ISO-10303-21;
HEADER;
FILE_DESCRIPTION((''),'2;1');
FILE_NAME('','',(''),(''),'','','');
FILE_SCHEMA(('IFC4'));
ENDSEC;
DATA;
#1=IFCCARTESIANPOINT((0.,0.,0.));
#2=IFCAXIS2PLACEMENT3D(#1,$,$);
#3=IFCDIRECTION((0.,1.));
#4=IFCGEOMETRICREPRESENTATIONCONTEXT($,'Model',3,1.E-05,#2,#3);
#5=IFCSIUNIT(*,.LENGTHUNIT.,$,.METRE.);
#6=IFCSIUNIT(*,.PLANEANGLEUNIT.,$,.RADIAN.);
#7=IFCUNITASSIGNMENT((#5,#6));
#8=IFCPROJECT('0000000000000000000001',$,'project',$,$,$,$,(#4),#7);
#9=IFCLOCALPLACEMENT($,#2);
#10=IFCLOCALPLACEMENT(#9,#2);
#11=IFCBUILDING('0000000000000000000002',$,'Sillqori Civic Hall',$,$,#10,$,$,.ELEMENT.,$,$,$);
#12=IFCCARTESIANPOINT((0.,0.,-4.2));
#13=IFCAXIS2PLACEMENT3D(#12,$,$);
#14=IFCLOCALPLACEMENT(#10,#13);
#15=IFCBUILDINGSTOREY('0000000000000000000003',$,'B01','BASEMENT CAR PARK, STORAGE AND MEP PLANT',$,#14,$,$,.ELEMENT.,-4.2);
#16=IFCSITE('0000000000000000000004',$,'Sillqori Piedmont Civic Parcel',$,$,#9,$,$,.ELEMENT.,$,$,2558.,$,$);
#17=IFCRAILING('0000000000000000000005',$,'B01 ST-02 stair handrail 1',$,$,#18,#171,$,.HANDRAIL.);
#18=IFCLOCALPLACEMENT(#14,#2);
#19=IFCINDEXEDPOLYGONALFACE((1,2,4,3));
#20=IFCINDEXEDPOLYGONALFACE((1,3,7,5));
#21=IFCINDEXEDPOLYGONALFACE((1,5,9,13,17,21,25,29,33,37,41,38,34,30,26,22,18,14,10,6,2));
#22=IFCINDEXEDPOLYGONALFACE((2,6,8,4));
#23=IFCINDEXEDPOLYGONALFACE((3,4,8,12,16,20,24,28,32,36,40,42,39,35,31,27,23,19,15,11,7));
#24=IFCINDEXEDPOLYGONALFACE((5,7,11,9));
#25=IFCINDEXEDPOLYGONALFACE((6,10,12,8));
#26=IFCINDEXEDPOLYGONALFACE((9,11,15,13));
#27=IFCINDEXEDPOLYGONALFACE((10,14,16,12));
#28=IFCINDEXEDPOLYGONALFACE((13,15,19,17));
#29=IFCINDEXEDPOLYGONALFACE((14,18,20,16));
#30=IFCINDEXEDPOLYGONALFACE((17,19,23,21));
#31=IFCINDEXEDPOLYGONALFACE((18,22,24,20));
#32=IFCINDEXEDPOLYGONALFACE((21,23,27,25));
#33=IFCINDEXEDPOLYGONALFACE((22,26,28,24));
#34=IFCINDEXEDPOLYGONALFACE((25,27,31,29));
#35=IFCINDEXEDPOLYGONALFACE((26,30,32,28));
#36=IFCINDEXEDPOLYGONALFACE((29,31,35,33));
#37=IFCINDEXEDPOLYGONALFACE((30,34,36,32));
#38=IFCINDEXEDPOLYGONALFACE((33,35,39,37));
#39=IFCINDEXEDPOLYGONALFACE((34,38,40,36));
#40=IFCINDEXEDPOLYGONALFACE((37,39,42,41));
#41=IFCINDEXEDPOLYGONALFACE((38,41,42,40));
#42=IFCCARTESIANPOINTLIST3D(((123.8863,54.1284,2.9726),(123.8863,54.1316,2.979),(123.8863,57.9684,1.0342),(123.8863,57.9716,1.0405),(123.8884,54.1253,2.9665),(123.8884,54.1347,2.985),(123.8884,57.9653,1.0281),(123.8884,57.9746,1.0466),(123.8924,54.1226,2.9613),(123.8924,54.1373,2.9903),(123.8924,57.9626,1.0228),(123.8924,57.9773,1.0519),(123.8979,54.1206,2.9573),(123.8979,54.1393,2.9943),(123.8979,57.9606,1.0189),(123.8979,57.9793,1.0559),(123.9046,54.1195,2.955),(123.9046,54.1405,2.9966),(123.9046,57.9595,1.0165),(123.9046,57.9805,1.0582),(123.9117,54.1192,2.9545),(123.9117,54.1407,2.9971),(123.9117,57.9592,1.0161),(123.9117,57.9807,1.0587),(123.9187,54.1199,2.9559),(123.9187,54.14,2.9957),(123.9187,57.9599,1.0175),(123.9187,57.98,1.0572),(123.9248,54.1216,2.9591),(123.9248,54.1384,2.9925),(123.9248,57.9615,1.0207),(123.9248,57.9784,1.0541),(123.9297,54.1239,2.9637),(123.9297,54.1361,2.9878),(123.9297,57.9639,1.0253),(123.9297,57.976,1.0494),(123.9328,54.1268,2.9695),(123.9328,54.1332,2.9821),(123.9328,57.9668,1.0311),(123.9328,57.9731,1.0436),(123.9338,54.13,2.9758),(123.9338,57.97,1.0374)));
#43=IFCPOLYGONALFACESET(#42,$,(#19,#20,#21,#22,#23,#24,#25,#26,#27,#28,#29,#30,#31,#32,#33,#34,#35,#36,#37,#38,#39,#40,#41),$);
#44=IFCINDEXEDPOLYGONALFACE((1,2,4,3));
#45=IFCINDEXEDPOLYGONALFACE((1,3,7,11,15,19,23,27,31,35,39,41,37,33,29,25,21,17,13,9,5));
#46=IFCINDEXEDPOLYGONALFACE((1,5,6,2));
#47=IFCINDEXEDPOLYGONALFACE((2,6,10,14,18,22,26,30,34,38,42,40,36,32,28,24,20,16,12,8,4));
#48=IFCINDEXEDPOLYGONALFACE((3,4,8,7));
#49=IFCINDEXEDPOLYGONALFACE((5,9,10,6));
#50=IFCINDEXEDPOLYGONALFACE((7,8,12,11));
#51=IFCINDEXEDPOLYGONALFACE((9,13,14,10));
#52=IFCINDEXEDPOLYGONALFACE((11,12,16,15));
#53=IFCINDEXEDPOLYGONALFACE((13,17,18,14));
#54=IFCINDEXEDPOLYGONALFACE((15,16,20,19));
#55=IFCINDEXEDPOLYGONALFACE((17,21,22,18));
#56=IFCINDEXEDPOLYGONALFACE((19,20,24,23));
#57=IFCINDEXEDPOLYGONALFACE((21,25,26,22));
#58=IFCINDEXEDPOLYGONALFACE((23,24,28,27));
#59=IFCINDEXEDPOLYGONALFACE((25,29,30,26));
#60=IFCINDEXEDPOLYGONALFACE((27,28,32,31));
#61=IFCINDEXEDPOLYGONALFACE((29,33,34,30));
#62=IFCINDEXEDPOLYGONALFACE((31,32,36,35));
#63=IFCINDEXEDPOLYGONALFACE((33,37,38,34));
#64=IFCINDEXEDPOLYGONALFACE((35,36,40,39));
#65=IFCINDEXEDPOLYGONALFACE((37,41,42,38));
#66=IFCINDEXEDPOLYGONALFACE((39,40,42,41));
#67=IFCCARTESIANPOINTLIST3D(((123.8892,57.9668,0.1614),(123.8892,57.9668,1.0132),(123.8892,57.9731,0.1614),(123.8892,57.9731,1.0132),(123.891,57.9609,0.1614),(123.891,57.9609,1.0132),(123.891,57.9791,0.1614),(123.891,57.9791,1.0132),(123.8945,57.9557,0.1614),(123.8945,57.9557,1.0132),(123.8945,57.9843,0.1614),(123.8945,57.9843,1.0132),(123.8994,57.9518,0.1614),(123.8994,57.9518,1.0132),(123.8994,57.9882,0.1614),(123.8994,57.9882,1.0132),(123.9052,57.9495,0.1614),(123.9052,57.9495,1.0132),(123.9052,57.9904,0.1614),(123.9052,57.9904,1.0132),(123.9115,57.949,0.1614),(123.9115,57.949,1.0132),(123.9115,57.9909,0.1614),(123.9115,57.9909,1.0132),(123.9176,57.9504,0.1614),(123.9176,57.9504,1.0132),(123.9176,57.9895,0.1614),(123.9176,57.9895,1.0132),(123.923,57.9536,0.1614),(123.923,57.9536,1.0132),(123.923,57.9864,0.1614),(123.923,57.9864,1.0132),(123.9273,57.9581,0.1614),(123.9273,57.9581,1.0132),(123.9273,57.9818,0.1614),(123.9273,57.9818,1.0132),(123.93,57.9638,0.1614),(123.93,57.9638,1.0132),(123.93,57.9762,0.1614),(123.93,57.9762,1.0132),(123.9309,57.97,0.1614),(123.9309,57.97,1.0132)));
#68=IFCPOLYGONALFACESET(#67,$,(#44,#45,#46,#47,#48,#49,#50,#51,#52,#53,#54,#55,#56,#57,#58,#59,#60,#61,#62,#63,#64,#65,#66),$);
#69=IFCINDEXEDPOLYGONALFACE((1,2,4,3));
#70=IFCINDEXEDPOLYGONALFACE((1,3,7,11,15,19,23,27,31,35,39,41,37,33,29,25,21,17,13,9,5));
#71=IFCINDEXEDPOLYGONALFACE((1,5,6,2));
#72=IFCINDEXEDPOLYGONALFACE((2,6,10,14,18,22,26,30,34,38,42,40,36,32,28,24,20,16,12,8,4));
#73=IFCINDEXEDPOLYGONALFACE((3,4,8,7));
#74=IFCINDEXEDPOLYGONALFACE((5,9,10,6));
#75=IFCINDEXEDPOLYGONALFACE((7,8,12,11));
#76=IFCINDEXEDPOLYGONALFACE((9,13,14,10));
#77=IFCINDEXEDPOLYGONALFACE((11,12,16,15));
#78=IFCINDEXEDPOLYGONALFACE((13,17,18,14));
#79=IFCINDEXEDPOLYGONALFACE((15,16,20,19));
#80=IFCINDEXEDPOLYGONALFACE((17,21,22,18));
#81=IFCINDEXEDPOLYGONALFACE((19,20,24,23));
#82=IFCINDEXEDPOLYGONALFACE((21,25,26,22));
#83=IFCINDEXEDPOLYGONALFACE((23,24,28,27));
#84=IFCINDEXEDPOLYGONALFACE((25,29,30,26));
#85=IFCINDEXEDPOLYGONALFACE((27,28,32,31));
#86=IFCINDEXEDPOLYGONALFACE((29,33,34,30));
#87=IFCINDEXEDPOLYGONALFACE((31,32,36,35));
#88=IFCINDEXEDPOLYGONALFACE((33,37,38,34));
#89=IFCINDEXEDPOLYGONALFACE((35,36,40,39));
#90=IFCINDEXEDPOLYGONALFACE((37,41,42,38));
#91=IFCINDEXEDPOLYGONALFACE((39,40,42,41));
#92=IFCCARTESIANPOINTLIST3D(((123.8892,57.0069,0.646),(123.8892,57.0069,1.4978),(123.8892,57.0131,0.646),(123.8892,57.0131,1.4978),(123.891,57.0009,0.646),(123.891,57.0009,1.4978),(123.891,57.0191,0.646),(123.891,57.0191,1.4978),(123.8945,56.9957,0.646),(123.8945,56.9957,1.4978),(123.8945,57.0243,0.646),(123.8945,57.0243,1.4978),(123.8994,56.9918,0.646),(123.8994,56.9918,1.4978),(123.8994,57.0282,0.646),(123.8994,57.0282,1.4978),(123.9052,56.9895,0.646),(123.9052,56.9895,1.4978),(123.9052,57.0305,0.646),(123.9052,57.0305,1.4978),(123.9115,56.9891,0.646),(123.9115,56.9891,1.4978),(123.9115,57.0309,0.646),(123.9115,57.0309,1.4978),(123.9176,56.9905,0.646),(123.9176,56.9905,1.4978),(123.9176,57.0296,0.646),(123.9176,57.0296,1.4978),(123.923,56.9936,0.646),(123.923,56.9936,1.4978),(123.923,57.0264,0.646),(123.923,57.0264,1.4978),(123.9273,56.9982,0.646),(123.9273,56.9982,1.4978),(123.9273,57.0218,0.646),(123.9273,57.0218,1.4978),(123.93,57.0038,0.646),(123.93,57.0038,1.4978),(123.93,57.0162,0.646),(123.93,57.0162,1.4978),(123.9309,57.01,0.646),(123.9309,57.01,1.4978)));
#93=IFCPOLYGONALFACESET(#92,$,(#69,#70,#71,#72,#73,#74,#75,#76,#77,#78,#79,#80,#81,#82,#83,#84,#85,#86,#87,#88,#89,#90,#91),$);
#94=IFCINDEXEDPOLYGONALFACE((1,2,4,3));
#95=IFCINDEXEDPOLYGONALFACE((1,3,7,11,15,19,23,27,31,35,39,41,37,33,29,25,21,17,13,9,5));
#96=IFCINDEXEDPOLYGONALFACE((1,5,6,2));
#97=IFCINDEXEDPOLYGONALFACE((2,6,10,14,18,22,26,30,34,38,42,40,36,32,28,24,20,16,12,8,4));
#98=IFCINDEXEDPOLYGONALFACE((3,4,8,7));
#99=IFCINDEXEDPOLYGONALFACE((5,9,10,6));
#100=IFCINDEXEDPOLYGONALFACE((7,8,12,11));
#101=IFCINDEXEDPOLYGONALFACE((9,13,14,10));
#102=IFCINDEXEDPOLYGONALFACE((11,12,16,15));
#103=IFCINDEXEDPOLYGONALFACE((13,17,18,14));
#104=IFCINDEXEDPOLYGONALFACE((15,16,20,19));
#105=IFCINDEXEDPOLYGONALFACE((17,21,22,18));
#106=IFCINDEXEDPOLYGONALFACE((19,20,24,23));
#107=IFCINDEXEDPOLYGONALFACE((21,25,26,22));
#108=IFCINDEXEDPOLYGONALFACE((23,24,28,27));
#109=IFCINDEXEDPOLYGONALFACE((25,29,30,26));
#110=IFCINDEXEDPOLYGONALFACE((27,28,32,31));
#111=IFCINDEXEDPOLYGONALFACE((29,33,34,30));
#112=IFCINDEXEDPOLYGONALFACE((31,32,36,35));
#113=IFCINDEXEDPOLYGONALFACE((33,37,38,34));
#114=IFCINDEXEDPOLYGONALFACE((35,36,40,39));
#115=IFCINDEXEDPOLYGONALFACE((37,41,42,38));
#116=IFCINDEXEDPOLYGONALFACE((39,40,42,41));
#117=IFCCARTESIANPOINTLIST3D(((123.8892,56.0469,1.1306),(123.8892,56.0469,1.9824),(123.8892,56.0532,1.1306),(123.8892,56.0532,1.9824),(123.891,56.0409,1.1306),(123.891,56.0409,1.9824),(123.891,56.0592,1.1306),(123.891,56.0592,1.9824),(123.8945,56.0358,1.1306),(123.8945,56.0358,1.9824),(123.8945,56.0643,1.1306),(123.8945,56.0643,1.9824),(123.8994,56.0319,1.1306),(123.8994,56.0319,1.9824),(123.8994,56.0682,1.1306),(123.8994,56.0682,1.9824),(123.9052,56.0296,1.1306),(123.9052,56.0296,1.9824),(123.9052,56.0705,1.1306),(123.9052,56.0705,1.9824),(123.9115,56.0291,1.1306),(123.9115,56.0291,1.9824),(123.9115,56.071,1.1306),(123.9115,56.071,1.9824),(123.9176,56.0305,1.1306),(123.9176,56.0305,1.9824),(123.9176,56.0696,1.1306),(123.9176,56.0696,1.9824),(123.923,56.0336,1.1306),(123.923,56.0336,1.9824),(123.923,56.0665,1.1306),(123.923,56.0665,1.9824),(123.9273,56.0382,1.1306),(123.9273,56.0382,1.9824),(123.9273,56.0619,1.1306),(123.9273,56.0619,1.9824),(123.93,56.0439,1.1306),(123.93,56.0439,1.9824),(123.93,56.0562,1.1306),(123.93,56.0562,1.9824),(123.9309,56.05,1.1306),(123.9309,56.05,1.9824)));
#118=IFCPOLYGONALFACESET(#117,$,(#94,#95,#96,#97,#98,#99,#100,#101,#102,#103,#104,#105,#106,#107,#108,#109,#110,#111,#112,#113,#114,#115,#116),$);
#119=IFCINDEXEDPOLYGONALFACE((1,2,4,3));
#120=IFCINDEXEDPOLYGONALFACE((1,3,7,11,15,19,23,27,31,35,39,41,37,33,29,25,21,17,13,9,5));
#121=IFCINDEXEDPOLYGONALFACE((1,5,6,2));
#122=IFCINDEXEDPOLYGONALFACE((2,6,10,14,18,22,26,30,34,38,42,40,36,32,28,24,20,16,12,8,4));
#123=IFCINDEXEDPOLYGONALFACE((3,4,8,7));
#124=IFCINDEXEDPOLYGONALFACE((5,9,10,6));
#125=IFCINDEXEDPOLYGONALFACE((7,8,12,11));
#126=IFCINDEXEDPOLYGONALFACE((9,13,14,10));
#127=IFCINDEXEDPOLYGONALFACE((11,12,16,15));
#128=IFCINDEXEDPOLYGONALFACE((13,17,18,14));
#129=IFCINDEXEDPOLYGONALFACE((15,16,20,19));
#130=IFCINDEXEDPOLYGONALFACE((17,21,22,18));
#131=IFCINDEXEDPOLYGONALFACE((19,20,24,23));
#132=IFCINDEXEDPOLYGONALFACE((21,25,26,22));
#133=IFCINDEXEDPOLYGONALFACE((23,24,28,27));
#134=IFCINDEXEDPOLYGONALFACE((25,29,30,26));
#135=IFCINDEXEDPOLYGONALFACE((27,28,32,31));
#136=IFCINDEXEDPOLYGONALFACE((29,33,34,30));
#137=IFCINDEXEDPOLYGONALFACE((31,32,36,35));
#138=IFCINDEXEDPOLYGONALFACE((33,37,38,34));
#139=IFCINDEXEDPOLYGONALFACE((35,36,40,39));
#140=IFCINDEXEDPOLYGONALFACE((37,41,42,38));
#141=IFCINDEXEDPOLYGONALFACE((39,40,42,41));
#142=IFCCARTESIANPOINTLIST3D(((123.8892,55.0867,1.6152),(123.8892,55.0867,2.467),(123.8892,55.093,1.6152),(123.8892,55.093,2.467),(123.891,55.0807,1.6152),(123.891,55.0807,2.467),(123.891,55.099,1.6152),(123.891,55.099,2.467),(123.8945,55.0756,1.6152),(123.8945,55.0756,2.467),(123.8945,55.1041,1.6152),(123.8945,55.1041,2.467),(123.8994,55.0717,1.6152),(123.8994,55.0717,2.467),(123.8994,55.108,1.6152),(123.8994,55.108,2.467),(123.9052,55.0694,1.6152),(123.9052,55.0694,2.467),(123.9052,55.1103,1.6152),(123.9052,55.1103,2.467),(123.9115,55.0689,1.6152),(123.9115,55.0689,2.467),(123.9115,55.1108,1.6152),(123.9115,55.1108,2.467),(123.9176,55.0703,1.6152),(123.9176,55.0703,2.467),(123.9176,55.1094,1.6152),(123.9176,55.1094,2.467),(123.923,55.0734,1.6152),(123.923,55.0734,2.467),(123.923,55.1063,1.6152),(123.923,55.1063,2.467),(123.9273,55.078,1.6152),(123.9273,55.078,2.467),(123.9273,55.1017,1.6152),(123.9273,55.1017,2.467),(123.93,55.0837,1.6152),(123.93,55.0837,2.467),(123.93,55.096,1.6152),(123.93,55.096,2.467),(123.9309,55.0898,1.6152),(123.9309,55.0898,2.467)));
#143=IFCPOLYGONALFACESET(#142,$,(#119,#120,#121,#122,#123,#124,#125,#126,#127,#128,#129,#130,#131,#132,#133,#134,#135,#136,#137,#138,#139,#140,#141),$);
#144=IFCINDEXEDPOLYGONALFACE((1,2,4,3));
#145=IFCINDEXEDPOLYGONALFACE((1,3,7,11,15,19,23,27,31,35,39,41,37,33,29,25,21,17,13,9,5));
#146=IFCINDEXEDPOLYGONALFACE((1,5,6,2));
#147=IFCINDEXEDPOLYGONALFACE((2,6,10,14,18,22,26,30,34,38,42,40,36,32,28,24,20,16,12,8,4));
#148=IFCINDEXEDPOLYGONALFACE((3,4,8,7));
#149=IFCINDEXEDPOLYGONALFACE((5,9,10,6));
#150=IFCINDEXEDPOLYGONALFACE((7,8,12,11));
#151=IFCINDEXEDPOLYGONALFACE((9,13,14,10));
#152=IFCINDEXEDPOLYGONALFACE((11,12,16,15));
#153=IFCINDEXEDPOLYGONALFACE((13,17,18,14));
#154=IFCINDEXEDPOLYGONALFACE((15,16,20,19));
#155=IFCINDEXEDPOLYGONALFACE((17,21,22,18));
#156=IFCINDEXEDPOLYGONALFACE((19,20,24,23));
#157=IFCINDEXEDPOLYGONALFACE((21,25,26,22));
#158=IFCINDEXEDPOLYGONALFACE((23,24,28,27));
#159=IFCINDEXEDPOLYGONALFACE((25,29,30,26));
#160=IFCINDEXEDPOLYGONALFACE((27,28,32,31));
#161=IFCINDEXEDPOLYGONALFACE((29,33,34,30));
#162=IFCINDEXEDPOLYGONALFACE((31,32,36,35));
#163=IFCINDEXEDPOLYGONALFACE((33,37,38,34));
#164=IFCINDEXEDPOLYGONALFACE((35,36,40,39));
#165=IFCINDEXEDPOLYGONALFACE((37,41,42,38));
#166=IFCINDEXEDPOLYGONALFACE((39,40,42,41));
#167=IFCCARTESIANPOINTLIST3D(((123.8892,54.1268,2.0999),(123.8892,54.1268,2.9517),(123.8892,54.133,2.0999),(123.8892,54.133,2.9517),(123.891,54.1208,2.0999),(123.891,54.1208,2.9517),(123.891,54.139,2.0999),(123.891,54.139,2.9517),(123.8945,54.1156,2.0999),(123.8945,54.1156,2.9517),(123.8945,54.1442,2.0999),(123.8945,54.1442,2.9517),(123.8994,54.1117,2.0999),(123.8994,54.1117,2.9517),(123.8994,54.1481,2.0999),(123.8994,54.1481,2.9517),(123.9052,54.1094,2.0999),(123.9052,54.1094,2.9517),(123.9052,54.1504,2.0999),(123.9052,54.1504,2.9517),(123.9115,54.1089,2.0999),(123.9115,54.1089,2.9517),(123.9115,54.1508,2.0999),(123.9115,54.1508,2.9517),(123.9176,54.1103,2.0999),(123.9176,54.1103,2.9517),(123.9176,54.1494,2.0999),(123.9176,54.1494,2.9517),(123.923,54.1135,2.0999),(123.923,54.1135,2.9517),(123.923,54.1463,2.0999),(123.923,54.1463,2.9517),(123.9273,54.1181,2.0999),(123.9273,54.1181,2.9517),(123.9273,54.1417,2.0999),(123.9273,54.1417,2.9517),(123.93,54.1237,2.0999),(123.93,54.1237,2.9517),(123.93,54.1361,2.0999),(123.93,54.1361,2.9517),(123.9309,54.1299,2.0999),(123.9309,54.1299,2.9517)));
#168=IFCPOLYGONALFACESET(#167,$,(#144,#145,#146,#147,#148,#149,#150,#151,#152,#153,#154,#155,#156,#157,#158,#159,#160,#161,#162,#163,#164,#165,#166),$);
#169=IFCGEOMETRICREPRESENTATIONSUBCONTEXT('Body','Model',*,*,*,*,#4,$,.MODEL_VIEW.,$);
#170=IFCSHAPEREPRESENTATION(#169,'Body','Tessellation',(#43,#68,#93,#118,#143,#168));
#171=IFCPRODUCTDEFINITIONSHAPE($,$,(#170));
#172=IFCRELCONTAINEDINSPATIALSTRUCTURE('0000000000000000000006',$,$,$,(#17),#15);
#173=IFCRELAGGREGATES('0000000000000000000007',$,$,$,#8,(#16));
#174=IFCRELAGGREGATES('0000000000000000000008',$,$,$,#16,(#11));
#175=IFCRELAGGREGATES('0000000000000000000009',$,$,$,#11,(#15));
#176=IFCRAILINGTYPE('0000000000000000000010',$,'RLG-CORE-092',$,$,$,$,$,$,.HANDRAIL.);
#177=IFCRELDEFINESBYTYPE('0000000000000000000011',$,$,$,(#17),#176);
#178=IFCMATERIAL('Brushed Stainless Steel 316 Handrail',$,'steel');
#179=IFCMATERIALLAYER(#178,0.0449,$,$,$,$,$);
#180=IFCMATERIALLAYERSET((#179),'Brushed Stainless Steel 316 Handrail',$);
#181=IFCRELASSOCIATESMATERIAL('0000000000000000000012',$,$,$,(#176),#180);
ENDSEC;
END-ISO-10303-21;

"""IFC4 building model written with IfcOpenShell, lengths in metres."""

from ifc_helpers import new_model, si_unit, direction, frame, origin, origin_2d, place, context, subcontext, project, spatial, circle, extrude, material, layer, layer_set, type_object, element, save


model = new_model("IFC4")

# Units and contexts
model_context = context("Model", 3, precision=1e-05, world=origin(), true_north=direction((0.0, 1.0)))
body_context = subcontext(model_context, "Body", "Model", "MODEL_VIEW")
ifc_project = project(units=[si_unit("LENGTHUNIT", "METRE"), si_unit("PLANEANGLEUNIT", "RADIAN")], contexts=[model_context])

# Site, building, storey
site_placement = place(None, origin())
site = spatial("IfcSite", under=ifc_project, at=site_placement, Name="Sillqori Piedmont Civic Parcel", CompositionType="ELEMENT", RefElevation=2558.0)
building_placement = place(site_placement, origin())
building = spatial("IfcBuilding", under=site, at=building_placement, Name="Sillqori Civic Hall", CompositionType="ELEMENT")
storey_placement = place(building_placement, frame((0.0, 0.0, -4.2)))
storey = spatial("IfcBuildingStorey", under=building, at=storey_placement, Name="B01", Description="BASEMENT CAR PARK, STORAGE AND MEP PLANT", CompositionType="ELEMENT", Elevation=-4.2)

# Railing
ifc_material_1 = material(Name="Brushed Stainless Steel 316 Handrail", Category="steel")
ifc_layer_1 = layer(ifc_material_1, 0.0449)
ifc_layer_set_1 = layer_set([ifc_layer_1], Name="Brushed Stainless Steel 316 Handrail")
railing_type_1 = type_object("IfcRailingType", Name="RLG-CORE-092", PredefinedType="HANDRAIL", material=ifc_layer_set_1)
railing_1_placement = place(storey_placement, frame((123.9099, 57.97, 0.1614)))
element("IfcRailing", 1, at=railing_1_placement, inside=storey, type_object=railing_type_1, Name="B01 ST-02 stair handrail 1", PredefinedType="HANDRAIL", context=body_context, shape_type="SweptSolid", body=[
    extrude(circle(Radius=0.0239, at=origin_2d()), frame((0.0, 0.0, 0.876), z_axis=(0.0, -0.892707, 0.450638), x_axis=(1.0, 0.0, 0.0)), (0.0, 0.0, 1.0), 4.3015),
    extrude(circle(Radius=0.021, at=origin_2d()), origin(), (0.0, 0.0, 1.0), 0.8518),
    extrude(circle(Radius=0.021, at=origin_2d()), frame((0.0, -0.96, 0.4846)), (0.0, 0.0, 1.0), 0.8518),
    extrude(circle(Radius=0.021, at=origin_2d()), frame((0.0, -1.9199, 0.9692)), (0.0, 0.0, 1.0), 0.8518),
    extrude(circle(Radius=0.021, at=origin_2d()), frame((0.0, -2.8801, 1.4539)), (0.0, 0.0, 1.0), 0.8518),
    extrude(circle(Radius=0.021, at=origin_2d()), frame((0.0, -3.8401, 1.9385)), (0.0, 0.0, 1.0), 0.8518),
])

save(model, "model.ifc")
